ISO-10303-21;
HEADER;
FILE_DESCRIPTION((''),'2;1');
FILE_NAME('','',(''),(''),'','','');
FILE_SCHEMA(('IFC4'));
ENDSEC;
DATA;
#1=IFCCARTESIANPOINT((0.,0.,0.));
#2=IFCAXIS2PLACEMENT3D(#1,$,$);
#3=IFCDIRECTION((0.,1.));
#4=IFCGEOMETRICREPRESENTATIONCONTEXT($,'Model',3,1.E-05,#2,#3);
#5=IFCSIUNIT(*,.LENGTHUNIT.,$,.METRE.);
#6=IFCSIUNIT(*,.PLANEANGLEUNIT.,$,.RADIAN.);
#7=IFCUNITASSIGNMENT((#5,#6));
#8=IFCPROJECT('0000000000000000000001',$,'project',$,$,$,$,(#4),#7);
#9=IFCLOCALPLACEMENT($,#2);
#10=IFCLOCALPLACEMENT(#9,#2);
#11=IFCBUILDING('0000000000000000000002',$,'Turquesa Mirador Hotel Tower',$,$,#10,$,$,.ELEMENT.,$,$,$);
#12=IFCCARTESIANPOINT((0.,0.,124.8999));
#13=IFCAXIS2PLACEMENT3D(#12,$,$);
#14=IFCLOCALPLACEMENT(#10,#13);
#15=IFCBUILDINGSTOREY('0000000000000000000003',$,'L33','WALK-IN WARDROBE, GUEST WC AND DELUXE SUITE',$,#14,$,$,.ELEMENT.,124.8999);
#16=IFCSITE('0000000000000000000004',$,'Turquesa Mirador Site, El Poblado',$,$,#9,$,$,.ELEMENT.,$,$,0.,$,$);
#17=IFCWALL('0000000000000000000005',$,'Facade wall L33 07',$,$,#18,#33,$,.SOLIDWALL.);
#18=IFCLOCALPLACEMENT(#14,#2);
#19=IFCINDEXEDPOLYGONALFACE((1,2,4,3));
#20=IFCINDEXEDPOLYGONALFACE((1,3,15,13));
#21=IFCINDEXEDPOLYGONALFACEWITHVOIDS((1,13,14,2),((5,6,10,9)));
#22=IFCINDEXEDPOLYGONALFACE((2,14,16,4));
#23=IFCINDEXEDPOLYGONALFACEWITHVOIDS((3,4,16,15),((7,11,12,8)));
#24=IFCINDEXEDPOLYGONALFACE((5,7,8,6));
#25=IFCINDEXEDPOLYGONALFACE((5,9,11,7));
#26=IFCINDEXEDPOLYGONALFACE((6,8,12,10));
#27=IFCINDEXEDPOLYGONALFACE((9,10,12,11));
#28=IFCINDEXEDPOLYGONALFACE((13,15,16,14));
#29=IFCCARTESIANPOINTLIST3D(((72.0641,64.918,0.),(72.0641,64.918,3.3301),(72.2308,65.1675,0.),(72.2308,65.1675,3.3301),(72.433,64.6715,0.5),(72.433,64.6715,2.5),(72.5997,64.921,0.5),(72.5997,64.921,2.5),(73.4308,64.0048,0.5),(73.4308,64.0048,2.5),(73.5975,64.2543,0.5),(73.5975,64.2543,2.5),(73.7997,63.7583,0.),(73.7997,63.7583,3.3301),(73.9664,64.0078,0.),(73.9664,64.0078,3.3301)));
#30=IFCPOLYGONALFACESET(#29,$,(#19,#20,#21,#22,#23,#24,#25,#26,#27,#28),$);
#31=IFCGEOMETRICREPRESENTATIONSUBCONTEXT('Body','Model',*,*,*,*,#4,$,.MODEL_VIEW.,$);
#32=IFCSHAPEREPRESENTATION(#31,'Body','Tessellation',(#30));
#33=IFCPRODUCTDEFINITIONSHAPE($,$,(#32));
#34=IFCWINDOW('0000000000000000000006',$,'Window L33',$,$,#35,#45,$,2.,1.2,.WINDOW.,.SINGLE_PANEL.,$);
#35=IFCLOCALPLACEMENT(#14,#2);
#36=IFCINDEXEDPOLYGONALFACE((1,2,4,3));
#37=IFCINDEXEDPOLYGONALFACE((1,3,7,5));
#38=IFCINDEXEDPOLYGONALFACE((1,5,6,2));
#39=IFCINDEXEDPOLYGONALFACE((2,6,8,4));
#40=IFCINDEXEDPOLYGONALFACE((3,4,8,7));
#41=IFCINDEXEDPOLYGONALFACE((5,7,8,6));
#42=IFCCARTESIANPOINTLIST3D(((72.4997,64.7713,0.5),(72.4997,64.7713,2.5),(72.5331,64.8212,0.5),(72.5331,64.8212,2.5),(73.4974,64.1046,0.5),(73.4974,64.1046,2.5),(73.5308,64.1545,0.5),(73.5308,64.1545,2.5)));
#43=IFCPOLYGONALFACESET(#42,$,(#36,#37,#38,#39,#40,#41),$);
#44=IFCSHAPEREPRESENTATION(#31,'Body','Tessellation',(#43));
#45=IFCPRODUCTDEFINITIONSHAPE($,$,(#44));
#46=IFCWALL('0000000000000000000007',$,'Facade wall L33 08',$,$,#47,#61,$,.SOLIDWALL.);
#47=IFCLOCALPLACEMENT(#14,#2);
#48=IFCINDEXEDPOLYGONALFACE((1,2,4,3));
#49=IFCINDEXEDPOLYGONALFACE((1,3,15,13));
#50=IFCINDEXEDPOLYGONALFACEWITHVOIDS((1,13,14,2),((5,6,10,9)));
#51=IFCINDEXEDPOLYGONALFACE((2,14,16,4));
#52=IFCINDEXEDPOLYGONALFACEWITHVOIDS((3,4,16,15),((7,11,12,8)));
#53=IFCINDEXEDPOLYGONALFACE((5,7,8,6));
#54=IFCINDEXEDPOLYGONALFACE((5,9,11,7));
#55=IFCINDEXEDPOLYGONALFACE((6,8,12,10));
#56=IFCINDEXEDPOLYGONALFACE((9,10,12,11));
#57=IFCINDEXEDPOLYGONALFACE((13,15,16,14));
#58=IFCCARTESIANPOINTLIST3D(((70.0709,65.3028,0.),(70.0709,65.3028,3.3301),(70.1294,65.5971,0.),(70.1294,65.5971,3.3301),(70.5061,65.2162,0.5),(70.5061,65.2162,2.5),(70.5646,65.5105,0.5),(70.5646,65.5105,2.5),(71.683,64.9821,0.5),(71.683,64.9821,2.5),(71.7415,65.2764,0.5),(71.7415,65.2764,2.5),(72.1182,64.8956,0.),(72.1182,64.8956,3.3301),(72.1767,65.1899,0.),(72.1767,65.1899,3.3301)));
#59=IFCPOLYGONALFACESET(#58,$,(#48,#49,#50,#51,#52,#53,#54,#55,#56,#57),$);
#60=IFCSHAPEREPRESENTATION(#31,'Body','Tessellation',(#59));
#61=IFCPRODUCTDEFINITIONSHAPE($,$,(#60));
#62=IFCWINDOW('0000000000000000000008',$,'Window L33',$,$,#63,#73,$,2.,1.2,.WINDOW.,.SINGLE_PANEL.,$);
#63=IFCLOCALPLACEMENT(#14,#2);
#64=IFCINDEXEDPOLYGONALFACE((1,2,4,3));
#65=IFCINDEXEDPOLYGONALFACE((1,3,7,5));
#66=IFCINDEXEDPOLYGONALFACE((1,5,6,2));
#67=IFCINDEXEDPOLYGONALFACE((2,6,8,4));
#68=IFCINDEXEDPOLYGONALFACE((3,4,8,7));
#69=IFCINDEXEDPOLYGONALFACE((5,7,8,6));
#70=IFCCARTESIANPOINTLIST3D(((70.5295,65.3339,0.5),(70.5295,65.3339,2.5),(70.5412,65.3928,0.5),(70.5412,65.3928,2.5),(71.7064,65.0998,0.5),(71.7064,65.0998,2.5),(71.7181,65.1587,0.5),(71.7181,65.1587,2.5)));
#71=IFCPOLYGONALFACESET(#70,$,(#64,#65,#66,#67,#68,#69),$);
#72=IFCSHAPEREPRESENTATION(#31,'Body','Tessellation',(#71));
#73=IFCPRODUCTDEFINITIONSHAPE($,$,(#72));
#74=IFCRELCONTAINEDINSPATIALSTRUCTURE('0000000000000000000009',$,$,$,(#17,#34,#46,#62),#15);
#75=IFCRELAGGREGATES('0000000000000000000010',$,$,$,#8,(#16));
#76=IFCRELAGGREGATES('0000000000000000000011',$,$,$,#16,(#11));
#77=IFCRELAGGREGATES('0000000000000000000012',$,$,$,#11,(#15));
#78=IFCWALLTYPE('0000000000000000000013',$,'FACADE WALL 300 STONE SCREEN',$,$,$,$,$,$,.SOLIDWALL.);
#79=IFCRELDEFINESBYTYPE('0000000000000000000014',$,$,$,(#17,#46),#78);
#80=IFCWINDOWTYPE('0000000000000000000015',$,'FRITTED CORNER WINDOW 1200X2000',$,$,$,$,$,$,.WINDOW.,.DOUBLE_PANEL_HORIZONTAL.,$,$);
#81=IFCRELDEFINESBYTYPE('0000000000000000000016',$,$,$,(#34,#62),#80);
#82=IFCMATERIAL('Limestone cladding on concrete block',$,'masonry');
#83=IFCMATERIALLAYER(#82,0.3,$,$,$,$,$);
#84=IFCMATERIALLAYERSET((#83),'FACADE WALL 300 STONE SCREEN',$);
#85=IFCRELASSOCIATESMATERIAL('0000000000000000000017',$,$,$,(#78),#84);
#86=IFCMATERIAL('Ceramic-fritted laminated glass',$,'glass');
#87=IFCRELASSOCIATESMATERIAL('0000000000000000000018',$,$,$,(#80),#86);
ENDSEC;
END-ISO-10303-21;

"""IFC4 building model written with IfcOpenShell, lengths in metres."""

from ifc_helpers import new_model, si_unit, direction, frame, frame_2d, origin, place, context, subcontext, project, spatial, rectangle, extrude, material, layer, layer_set, type_object, element, fill, save


model = new_model("IFC4")

# Units and contexts
model_context = context("Model", 3, precision=1e-05, world=origin(), true_north=direction((0.0, 1.0)))
body_context = subcontext(model_context, "Body", "Model", "MODEL_VIEW")
ifc_project = project(units=[si_unit("LENGTHUNIT", "METRE"), si_unit("PLANEANGLEUNIT", "RADIAN")], contexts=[model_context])

# Site, building, storey
site_placement = place(None, origin())
site = spatial("IfcSite", under=ifc_project, at=site_placement, Name="Turquesa Mirador Site, El Poblado", CompositionType="ELEMENT", RefElevation=0.0)
building_placement = place(site_placement, origin())
building = spatial("IfcBuilding", under=site, at=building_placement, Name="Turquesa Mirador Hotel Tower", CompositionType="ELEMENT")
storey_placement = place(building_placement, frame((0.0, 0.0, 124.8999)))
storey = spatial("IfcBuildingStorey", under=building, at=storey_placement, Name="L33", Description="WALK-IN WARDROBE, GUEST WC AND DELUXE SUITE", CompositionType="ELEMENT", Elevation=124.8999)

# Walls, openings, windows
ifc_material_1 = material(Name="Limestone cladding on concrete block", Category="masonry")
ifc_layer = layer(ifc_material_1, 0.3)
ifc_layer_set = layer_set([ifc_layer], Name="FACADE WALL 300 STONE SCREEN")
wall_type = type_object("IfcWallType", Name="FACADE WALL 300 STONE SCREEN", PredefinedType="SOLIDWALL", material=ifc_layer_set)
ifc_material_2 = material(Name="Ceramic-fritted laminated glass", Category="glass")
window_type = type_object("IfcWindowType", Name="FRITTED CORNER WINDOW 1200X2000", PartitioningType="DOUBLE_PANEL_HORIZONTAL", PredefinedType="WINDOW", material=ifc_material_2)
wall_1_placement = place(storey_placement, frame((73.8831, 63.8831, 0.0), z_axis=(0.0, 0.0, 1.0), x_axis=(-0.831474, 0.555564, 0.0)))
wall_1 = element("IfcWall", 1, at=wall_1_placement, inside=storey, type_object=wall_type, Name="Facade wall L33 07", PredefinedType="SOLIDWALL", context=body_context, shape_type="SweptSolid", body=[
    extrude(rectangle(XDim=2.0874, YDim=0.3, at=frame_2d((1.0437, 0.0))), origin(), (0.0, 0.0, 1.0), 3.3301),
])
opening_1_placement = place(wall_1_placement, frame((0.4436, 0.0, 0.5)))
opening_1 = element("IfcOpeningElement", 2, at=opening_1_placement, cuts=wall_1, PredefinedType="OPENING", context=body_context, shape_type="SweptSolid", body=[
    extrude(rectangle(XDim=1.2, YDim=2.0, at=frame_2d((0.6001, 1.0))), frame((0.0, 0.1599, 0.0), z_axis=(0.0, -1.0, 0.0), x_axis=(1.0, 0.0, 0.0)), (0.0, 0.0, 1.0), 0.3201),
])
window_1_placement = place(opening_1_placement, origin())
window_1 = element("IfcWindow", 3, at=window_1_placement, inside=storey, type_object=window_type, Name="Window L33", OverallHeight=2.0, OverallWidth=1.2, PartitioningType="SINGLE_PANEL", PredefinedType="WINDOW", context=body_context, shape_type="SweptSolid", body=[
    extrude(rectangle(XDim=1.2, YDim=2.0, at=frame_2d((0.6001, 1.0))), frame((0.0, 0.03, 0.0), z_axis=(0.0, -1.0, 0.0), x_axis=(1.0, 0.0, 0.0)), (0.0, 0.0, 1.0), 0.0601),
])
fill(opening_1, window_1)
wall_2_placement = place(storey_placement, frame((72.1475, 65.0427, 0.0), z_axis=(0.0, 0.0, 1.0), x_axis=(-0.980787, 0.195081, 0.0)))
wall_2 = element("IfcWall", 4, at=wall_2_placement, inside=storey, type_object=wall_type, Name="Facade wall L33 08", PredefinedType="SOLIDWALL", context=body_context, shape_type="SweptSolid", body=[
    extrude(rectangle(XDim=2.0874, YDim=0.3, at=frame_2d((1.0437, 0.0))), origin(), (0.0, 0.0, 1.0), 3.3301),
])
opening_2_placement = place(wall_2_placement, frame((0.4436, 0.0, 0.5)))
opening_2 = element("IfcOpeningElement", 5, at=opening_2_placement, cuts=wall_2, PredefinedType="OPENING", context=body_context, shape_type="SweptSolid", body=[
    extrude(rectangle(XDim=1.2, YDim=2.0, at=frame_2d((0.6001, 1.0))), frame((0.0, 0.1599, 0.0), z_axis=(0.0, -1.0, 0.0), x_axis=(1.0, 0.0, 0.0)), (0.0, 0.0, 1.0), 0.3201),
])
window_2_placement = place(opening_2_placement, origin())
window_2 = element("IfcWindow", 6, at=window_2_placement, inside=storey, type_object=window_type, Name="Window L33", OverallHeight=2.0, OverallWidth=1.2, PartitioningType="SINGLE_PANEL", PredefinedType="WINDOW", context=body_context, shape_type="SweptSolid", body=[
    extrude(rectangle(XDim=1.2, YDim=2.0, at=frame_2d((0.6001, 1.0))), frame((0.0, 0.03, 0.0), z_axis=(0.0, -1.0, 0.0), x_axis=(1.0, 0.0, 0.0)), (0.0, 0.0, 1.0), 0.0601),
])
fill(opening_2, window_2)

save(model, "model.ifc")
